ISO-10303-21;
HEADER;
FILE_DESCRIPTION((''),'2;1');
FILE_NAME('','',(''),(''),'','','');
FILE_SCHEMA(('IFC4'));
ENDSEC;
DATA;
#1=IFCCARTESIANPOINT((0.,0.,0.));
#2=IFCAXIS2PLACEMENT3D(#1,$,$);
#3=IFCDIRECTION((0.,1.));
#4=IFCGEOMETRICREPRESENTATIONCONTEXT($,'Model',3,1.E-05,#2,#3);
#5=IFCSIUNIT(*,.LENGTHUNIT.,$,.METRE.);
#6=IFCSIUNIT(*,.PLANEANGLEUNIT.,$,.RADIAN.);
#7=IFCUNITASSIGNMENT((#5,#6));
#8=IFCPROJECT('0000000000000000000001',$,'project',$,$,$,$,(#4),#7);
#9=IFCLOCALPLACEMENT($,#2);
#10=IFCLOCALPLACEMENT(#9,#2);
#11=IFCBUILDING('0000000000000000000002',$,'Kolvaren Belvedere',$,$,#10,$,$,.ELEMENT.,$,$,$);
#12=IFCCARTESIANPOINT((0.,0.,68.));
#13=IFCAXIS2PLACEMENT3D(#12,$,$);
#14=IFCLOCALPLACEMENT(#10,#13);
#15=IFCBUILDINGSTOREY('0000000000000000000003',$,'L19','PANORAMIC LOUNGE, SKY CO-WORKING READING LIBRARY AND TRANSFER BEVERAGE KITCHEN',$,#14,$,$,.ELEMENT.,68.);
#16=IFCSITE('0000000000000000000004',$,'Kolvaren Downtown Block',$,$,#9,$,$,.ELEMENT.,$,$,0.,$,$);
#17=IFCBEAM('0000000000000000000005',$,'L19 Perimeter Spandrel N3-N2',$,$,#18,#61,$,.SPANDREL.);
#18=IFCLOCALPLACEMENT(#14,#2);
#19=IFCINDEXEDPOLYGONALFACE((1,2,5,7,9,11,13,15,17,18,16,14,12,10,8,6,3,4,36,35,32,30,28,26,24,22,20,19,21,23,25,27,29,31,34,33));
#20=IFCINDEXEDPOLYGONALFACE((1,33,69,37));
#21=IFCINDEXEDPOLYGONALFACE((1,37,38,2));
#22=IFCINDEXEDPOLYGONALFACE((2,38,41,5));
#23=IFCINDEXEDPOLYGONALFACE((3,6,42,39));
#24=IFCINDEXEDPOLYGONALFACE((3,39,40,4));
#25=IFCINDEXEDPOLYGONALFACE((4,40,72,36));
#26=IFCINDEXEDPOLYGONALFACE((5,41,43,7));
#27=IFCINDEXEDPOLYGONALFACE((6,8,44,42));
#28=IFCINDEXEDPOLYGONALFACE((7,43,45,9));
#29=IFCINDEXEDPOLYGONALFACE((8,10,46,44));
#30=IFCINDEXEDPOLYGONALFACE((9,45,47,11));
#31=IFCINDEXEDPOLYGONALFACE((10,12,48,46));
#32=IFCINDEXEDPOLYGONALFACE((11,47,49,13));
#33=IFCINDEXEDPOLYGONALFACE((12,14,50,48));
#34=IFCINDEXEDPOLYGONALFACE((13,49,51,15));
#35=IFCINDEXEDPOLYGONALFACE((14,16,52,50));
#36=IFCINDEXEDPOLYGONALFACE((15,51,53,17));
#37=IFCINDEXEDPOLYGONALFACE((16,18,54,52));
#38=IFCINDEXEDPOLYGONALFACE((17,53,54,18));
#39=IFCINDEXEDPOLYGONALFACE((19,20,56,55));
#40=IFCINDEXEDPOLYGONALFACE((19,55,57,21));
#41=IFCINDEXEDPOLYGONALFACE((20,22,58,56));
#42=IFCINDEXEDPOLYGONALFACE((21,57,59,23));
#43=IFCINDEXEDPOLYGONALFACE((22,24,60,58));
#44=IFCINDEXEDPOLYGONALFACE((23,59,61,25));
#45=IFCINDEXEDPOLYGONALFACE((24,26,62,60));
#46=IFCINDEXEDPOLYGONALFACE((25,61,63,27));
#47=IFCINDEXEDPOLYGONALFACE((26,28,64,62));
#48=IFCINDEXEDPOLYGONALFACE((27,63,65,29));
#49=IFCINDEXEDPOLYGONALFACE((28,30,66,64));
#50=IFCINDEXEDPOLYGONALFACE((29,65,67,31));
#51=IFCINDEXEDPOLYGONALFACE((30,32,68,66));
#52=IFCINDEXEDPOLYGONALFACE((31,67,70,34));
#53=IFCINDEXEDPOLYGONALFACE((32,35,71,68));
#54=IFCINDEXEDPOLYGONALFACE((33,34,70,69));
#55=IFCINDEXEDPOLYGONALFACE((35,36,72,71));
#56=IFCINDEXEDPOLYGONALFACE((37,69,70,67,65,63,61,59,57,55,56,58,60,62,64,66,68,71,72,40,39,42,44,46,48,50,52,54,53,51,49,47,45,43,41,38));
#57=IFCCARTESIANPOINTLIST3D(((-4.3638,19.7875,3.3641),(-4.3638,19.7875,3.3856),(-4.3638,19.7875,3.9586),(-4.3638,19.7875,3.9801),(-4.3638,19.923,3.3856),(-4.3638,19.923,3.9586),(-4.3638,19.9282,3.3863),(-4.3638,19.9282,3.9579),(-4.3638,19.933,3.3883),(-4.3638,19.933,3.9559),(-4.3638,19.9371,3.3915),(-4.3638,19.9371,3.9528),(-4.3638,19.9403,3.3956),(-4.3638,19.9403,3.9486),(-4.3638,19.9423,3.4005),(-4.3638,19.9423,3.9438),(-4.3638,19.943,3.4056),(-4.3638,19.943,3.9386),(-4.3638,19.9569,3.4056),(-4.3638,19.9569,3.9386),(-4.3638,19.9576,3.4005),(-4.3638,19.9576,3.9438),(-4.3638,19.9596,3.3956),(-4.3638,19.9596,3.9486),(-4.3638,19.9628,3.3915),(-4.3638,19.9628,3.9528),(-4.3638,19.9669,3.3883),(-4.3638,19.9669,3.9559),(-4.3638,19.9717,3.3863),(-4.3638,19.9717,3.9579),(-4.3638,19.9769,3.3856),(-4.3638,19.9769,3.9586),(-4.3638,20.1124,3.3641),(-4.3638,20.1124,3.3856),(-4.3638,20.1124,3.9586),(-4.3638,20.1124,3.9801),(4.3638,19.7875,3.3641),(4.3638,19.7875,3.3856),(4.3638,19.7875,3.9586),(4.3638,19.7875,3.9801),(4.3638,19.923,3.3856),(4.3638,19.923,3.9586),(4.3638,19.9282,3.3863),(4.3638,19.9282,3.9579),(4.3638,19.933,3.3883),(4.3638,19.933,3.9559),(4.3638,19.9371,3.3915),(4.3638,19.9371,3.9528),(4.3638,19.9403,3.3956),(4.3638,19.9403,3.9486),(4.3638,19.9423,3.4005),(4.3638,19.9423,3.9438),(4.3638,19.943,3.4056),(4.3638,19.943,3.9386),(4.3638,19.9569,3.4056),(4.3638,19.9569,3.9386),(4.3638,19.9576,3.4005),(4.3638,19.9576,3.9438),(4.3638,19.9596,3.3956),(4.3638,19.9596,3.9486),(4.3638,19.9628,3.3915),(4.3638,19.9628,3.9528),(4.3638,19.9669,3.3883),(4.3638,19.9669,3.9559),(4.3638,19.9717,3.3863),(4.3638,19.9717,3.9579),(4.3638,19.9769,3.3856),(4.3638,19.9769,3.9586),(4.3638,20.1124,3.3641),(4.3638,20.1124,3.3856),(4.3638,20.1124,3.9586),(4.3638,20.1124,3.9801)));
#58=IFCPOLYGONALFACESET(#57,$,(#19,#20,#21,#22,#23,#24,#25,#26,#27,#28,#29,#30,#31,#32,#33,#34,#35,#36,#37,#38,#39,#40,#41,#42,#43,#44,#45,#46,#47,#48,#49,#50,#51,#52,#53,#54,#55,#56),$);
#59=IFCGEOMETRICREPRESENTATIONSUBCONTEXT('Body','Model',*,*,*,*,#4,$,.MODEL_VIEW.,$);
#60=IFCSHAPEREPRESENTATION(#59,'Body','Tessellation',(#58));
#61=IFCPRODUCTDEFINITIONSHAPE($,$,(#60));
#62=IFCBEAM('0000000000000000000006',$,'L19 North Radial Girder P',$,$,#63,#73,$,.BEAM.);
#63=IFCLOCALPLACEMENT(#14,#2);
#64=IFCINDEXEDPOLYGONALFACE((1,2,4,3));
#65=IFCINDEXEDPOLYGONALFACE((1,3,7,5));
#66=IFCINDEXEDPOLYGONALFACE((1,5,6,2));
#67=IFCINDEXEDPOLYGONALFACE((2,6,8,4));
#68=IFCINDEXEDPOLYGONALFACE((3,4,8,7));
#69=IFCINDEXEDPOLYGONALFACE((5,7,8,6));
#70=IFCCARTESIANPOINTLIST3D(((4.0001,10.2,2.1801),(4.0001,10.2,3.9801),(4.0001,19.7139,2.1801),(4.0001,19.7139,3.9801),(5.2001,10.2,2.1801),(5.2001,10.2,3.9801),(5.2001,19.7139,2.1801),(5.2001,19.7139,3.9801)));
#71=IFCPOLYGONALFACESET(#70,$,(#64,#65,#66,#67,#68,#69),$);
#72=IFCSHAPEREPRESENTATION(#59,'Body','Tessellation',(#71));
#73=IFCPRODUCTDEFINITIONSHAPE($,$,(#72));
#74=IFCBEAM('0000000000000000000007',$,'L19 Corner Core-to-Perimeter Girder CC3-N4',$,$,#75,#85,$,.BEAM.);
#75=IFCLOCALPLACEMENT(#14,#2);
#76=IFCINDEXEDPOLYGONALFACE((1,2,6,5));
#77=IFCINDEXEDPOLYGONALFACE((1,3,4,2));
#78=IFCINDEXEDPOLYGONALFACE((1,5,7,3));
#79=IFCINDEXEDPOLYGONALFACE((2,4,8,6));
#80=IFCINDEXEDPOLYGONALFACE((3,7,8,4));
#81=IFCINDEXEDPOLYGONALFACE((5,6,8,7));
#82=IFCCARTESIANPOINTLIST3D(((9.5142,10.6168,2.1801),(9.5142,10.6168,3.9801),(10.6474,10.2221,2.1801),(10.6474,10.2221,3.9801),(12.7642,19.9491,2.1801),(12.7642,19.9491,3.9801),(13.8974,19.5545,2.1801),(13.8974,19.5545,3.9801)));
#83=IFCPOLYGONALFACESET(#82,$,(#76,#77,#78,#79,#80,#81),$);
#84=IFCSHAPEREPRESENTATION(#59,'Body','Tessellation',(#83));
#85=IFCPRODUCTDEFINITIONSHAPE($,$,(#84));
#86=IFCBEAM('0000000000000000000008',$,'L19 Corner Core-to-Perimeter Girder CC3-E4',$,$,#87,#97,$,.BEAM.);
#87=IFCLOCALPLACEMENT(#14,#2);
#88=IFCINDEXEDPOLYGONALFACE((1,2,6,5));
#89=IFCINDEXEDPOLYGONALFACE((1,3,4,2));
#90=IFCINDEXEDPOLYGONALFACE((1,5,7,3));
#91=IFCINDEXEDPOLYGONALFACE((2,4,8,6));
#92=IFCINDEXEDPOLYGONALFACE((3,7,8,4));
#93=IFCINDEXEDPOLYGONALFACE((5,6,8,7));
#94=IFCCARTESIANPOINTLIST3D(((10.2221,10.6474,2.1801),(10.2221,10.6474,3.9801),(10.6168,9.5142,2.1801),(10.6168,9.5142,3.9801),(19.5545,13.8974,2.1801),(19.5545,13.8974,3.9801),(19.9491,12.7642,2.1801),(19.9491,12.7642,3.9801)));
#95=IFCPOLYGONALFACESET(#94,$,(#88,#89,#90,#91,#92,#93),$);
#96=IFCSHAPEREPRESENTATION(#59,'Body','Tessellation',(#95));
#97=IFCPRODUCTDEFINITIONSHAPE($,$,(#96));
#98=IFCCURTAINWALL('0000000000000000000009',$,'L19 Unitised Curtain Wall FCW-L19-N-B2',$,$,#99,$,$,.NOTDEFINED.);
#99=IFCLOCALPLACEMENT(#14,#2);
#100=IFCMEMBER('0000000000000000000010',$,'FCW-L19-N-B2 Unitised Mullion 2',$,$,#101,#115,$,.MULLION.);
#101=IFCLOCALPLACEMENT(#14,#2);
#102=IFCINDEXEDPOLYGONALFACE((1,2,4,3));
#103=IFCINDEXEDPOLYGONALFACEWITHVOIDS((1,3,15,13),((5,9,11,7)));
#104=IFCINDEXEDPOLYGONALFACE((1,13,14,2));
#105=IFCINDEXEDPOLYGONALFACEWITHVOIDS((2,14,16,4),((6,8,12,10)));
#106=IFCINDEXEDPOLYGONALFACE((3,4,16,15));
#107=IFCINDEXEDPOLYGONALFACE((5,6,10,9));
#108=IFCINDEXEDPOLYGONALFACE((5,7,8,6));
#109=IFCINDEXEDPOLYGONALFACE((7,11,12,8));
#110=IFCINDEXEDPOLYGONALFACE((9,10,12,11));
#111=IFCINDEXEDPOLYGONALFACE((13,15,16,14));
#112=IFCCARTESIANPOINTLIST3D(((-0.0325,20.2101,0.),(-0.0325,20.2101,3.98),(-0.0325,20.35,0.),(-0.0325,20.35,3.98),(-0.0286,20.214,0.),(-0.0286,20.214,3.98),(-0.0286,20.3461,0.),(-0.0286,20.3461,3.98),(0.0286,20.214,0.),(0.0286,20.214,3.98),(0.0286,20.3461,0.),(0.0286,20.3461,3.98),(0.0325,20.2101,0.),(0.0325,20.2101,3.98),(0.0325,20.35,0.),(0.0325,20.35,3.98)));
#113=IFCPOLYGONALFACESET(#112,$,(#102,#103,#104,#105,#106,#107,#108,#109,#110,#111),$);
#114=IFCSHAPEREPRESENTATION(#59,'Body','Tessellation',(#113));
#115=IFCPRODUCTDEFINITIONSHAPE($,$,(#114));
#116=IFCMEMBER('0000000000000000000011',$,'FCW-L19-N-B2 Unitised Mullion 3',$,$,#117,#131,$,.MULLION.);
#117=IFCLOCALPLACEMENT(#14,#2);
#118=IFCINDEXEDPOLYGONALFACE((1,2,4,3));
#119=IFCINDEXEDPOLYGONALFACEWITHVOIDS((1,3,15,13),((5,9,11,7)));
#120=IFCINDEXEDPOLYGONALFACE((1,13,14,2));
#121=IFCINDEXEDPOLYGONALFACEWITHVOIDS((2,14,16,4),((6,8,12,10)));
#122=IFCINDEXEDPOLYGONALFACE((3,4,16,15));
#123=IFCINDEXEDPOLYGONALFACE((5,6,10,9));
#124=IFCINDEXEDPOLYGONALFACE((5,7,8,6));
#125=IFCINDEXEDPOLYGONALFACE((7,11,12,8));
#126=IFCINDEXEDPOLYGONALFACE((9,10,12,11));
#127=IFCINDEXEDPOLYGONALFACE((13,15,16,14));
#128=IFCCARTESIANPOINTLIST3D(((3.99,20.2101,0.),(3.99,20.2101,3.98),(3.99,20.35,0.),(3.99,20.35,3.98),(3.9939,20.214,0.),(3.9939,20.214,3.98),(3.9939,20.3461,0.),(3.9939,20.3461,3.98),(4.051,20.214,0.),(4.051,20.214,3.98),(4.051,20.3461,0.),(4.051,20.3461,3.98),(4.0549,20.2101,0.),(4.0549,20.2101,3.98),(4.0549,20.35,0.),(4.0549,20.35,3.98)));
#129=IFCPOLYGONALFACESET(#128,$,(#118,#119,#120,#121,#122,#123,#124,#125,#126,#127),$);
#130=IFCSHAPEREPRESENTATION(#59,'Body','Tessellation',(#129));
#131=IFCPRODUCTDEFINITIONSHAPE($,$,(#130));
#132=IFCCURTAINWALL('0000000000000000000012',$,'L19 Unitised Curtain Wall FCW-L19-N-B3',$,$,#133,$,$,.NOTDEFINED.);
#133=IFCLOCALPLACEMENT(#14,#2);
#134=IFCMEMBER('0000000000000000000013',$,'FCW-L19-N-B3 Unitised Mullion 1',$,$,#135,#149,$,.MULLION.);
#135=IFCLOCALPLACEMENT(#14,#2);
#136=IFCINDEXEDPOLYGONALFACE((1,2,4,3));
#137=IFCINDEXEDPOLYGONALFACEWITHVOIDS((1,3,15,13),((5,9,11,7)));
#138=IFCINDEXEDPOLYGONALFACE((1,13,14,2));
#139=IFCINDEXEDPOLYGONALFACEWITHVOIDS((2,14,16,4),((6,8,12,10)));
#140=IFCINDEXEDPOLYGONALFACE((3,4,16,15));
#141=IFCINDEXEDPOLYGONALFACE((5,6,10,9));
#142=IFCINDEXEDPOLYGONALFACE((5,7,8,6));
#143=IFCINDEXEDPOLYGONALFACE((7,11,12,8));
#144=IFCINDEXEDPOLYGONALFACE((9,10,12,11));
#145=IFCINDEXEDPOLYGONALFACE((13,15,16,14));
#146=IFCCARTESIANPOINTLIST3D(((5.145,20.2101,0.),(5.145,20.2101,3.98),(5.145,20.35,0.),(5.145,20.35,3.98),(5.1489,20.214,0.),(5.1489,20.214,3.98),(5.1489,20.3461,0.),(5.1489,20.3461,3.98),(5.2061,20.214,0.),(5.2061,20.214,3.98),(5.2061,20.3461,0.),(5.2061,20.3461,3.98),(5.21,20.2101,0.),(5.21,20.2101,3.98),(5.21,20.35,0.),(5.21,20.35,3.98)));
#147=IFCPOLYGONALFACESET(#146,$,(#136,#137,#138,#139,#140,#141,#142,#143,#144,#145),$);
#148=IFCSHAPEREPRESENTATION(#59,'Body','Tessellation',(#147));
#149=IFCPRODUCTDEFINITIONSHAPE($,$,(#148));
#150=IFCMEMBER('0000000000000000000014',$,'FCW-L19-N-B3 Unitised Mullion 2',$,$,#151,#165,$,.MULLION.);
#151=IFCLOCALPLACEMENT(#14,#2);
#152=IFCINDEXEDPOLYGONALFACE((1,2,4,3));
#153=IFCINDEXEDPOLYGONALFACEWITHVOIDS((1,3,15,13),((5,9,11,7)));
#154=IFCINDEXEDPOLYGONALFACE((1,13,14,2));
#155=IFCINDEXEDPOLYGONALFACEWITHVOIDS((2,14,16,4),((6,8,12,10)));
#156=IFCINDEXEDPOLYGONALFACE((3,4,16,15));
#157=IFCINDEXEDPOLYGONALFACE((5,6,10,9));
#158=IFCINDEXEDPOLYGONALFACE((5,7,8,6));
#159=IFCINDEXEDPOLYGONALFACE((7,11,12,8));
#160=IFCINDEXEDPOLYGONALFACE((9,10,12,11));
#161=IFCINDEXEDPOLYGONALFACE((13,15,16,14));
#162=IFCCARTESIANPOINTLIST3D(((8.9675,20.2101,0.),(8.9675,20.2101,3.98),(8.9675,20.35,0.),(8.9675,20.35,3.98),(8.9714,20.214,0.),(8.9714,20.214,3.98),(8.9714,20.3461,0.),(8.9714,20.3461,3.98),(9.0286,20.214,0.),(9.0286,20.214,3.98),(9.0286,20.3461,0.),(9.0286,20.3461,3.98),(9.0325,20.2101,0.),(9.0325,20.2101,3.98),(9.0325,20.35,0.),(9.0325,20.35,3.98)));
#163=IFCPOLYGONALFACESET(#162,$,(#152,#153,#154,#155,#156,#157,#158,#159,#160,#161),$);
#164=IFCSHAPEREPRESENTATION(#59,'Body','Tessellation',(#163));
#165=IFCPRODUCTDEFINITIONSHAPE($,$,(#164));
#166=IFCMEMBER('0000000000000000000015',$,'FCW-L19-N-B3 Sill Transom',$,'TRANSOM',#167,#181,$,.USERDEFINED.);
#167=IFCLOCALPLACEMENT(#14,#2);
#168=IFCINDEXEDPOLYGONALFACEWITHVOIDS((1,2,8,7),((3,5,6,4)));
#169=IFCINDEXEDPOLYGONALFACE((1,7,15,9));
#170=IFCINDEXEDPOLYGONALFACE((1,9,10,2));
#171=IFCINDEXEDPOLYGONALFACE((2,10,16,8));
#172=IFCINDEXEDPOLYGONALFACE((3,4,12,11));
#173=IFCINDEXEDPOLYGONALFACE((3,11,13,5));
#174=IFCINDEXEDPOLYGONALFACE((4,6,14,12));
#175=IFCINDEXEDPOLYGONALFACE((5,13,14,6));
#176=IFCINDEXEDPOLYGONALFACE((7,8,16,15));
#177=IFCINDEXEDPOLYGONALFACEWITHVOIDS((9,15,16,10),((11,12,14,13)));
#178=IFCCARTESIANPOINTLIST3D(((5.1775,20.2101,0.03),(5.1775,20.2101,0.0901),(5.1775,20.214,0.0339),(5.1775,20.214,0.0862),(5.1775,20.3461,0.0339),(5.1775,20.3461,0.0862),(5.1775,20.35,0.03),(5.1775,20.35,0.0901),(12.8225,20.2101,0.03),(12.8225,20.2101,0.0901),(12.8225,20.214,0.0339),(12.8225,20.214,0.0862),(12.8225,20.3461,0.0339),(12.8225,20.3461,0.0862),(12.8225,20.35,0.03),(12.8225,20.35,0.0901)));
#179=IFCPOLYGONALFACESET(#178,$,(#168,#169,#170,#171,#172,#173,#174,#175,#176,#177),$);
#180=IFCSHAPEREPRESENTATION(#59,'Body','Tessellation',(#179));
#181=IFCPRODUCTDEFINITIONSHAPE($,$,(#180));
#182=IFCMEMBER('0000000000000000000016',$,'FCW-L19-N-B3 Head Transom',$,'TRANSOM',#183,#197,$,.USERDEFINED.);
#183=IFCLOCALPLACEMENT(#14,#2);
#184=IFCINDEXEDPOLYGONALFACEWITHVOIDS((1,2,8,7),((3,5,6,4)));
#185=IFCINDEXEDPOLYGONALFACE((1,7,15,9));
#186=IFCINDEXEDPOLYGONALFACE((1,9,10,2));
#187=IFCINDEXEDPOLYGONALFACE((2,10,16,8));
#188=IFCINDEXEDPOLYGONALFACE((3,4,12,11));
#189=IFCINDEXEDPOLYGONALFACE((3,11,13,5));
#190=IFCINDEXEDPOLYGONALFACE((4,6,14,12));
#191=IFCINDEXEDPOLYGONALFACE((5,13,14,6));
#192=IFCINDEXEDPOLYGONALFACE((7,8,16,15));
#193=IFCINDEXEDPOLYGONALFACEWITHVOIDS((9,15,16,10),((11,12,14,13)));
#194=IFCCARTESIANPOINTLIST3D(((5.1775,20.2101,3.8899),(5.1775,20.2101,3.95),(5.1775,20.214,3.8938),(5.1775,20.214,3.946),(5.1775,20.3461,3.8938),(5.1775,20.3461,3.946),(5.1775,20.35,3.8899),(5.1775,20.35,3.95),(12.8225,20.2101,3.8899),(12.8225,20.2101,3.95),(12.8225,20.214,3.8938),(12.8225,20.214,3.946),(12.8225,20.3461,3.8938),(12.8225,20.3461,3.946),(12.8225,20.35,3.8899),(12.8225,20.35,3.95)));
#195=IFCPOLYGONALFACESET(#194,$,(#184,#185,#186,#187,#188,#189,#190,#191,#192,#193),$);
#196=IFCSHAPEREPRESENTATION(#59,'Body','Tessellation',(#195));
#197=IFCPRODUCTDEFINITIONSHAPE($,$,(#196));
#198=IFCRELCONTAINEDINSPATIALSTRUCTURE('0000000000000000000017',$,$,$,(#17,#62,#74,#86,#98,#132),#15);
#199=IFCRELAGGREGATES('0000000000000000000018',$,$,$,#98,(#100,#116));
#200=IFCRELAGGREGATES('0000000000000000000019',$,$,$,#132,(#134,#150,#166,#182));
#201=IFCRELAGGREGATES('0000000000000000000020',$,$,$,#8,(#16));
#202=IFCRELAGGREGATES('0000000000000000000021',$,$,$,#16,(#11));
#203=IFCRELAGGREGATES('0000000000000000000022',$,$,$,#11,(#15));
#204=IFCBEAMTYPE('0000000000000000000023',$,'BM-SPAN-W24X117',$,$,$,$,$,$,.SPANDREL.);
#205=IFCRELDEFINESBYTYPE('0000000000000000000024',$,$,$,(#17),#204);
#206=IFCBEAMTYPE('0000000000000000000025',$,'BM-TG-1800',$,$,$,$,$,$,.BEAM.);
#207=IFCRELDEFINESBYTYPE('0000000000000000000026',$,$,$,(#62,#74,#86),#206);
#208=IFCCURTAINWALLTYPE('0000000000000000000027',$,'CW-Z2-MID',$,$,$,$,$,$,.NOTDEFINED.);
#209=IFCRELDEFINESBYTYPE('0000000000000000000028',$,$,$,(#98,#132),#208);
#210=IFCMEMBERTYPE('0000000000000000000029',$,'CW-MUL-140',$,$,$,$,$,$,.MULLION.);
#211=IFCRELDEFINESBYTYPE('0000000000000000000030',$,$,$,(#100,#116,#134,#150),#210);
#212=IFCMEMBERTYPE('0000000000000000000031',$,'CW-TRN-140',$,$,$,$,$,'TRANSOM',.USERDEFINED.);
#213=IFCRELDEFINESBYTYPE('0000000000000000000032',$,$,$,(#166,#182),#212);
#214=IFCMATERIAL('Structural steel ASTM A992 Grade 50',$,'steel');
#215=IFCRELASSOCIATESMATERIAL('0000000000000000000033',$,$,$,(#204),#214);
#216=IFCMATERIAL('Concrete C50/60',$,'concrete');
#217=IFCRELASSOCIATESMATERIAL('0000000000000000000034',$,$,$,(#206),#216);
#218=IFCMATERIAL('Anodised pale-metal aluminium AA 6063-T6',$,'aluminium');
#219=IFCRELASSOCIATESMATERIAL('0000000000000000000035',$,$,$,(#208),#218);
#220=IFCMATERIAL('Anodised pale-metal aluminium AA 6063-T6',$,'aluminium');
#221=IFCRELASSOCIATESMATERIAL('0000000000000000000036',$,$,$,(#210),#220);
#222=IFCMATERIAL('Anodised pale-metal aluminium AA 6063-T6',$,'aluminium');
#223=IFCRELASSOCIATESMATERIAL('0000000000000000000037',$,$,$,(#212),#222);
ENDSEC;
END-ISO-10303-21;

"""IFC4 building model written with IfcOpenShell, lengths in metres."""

from ifc_helpers import new_model, si_unit, direction, frame, origin, origin_2d, place, context, subcontext, project, spatial, rectangle, hollow_rectangle, i_section, extrude, material, material_profile, profile_set, type_object, element, aggregate, save


model = new_model("IFC4")

# Units and contexts
model_context = context("Model", 3, precision=1e-05, world=origin(), true_north=direction((0.0, 1.0)))
body_context = subcontext(model_context, "Body", "Model", "MODEL_VIEW")
ifc_project = project(units=[si_unit("LENGTHUNIT", "METRE"), si_unit("PLANEANGLEUNIT", "RADIAN")], contexts=[model_context])

# Site, building, storey
site_placement = place(None, origin())
site = spatial("IfcSite", under=ifc_project, at=site_placement, Name="Kolvaren Downtown Block", CompositionType="ELEMENT", RefElevation=0.0)
building_placement = place(site_placement, origin())
building = spatial("IfcBuilding", under=site, at=building_placement, Name="Kolvaren Belvedere", CompositionType="ELEMENT")
storey_placement = place(building_placement, frame((0.0, 0.0, 68.0)))
storey = spatial("IfcBuildingStorey", under=building, at=storey_placement, Name="L19", Description="PANORAMIC LOUNGE, SKY CO-WORKING READING LIBRARY AND TRANSFER BEVERAGE KITCHEN", CompositionType="ELEMENT", Elevation=68.0)

# Beams
ifc_material_1 = material(Name="Structural steel ASTM A992 Grade 50", Category="steel")
ifc_material_profile_1 = material_profile(ifc_material_1, i_section(OverallWidth=0.325, OverallDepth=0.616, WebThickness=0.0139, FlangeThickness=0.0215, FilletRadius=0.02, at=origin_2d()), Name="W24X117")
ifc_profile_set_1 = profile_set([ifc_material_profile_1], Name="Structural steel ASTM A992 Grade 50")
beam_type_1 = type_object("IfcBeamType", Name="BM-SPAN-W24X117", PredefinedType="SPANDREL", material=ifc_profile_set_1)
beam_1_placement = place(storey_placement, frame((4.3638, 19.95, 3.6721), z_axis=(-1.0, 0.0, 0.0), x_axis=(0.0, -1.0, 0.0)))
element("IfcBeam", 1, at=beam_1_placement, inside=storey, type_object=beam_type_1, Name="L19 Perimeter Spandrel N3-N2", PredefinedType="SPANDREL", context=body_context, shape_type="SweptSolid", body=[
    extrude(i_section(OverallWidth=0.325, OverallDepth=0.616, WebThickness=0.0139, FlangeThickness=0.0215, FilletRadius=0.02, at=origin_2d()), origin(), (0.0, 0.0, 1.0), 8.7275),
])
ifc_material_2 = material(Name="Concrete C50/60", Category="concrete")
ifc_material_profile_2 = material_profile(ifc_material_2, rectangle(XDim=1.2, YDim=1.8, at=origin_2d()), Name="RC 1200X1800")
ifc_profile_set_2 = profile_set([ifc_material_profile_2], Name="Concrete C50/60")
beam_type_2 = type_object("IfcBeamType", Name="BM-TG-1800", PredefinedType="BEAM", material=ifc_profile_set_2)
beam_2_placement = place(storey_placement, frame((4.6001, 10.2, 3.0801), z_axis=(0.0, 1.0, 0.0), x_axis=(-1.0, 0.0, 0.0)))
element("IfcBeam", 2, at=beam_2_placement, inside=storey, type_object=beam_type_2, Name="L19 North Radial Girder P", PredefinedType="BEAM", context=body_context, shape_type="SweptSolid", body=[
    extrude(rectangle(XDim=1.2, YDim=1.8, at=origin_2d()), origin(), (0.0, 0.0, 1.0), 9.5139),
])
for number, where, z_axis, x_axis, name in (
    (3, (10.0808, 10.4194, 3.0801), (0.328881, 0.944371, 0.0), (-0.944371, 0.328881, 0.0), "L19 Corner Core-to-Perimeter Girder CC3-N4"),
    (4, (10.4194, 10.0808, 3.0801), (0.944371, 0.328881, 0.0), (-0.328881, 0.944371, 0.0), "L19 Corner Core-to-Perimeter Girder CC3-E4"),
):
    element("IfcBeam", number, at=place(storey_placement, frame(where, z_axis=z_axis, x_axis=x_axis)), inside=storey, type_object=beam_type_2, Name=name, PredefinedType="BEAM", context=body_context, shape_type="SweptSolid", body=[
        extrude(rectangle(XDim=1.2, YDim=1.8, at=origin_2d()), origin(), (0.0, 0.0, 1.0), 9.8821),
    ])

# Curtain walls, members
ifc_material_3 = material(Name="Anodised pale-metal aluminium AA 6063-T6", Category="aluminium")
curtain_wall_type = type_object("IfcCurtainWallType", Name="CW-Z2-MID", PredefinedType="NOTDEFINED", material=ifc_material_3)
curtain_wall_1_placement = place(storey_placement, origin())
curtain_wall_1 = element("IfcCurtainWall", 5, at=curtain_wall_1_placement, inside=storey, type_object=curtain_wall_type, Name="L19 Unitised Curtain Wall FCW-L19-N-B2", PredefinedType="NOTDEFINED")
ifc_material_4 = material(Name="Anodised pale-metal aluminium AA 6063-T6", Category="aluminium")
ifc_material_profile_3 = material_profile(ifc_material_4, hollow_rectangle(XDim=0.0649, YDim=0.1399, WallThickness=0.0039, at=origin_2d()), Name="ALU-MUL-140X65")
ifc_profile_set_3 = profile_set([ifc_material_profile_3], Name="Anodised pale-metal aluminium AA 6063-T6")
member_type_1 = type_object("IfcMemberType", Name="CW-MUL-140", PredefinedType="MULLION", material=ifc_profile_set_3)
member_1_placement = place(storey_placement, frame((0.0, 20.28, 0.0), z_axis=(0.0, 0.0, 1.0), x_axis=(1.0, 0.0, 0.0)))
member_1 = element("IfcMember", 6, at=member_1_placement, type_object=member_type_1, Name="FCW-L19-N-B2 Unitised Mullion 2", PredefinedType="MULLION", context=body_context, shape_type="SweptSolid", body=[
    extrude(hollow_rectangle(XDim=0.0649, YDim=0.1399, WallThickness=0.0039, at=origin_2d()), origin(), (0.0, 0.0, 1.0), 3.98),
])
member_2_placement = place(storey_placement, frame((4.0225, 20.28, 0.0), z_axis=(0.0, 0.0, 1.0), x_axis=(1.0, 0.0, 0.0)))
member_2 = element("IfcMember", 7, at=member_2_placement, type_object=member_type_1, Name="FCW-L19-N-B2 Unitised Mullion 3", PredefinedType="MULLION", context=body_context, shape_type="SweptSolid", body=[
    extrude(hollow_rectangle(XDim=0.0649, YDim=0.1399, WallThickness=0.0039, at=origin_2d()), origin(), (0.0, 0.0, 1.0), 3.98),
])
curtain_wall_2_placement = place(storey_placement, origin())
curtain_wall_2 = element("IfcCurtainWall", 8, at=curtain_wall_2_placement, inside=storey, type_object=curtain_wall_type, Name="L19 Unitised Curtain Wall FCW-L19-N-B3", PredefinedType="NOTDEFINED")
member_3_placement = place(storey_placement, frame((5.1775, 20.28, 0.0), z_axis=(0.0, 0.0, 1.0), x_axis=(1.0, 0.0, 0.0)))
member_3 = element("IfcMember", 9, at=member_3_placement, type_object=member_type_1, Name="FCW-L19-N-B3 Unitised Mullion 1", PredefinedType="MULLION", context=body_context, shape_type="SweptSolid", body=[
    extrude(hollow_rectangle(XDim=0.0649, YDim=0.1399, WallThickness=0.0039, at=origin_2d()), origin(), (0.0, 0.0, 1.0), 3.98),
])
member_4_placement = place(storey_placement, frame((9.0, 20.28, 0.0), z_axis=(0.0, 0.0, 1.0), x_axis=(1.0, 0.0, 0.0)))
member_4 = element("IfcMember", 10, at=member_4_placement, type_object=member_type_1, Name="FCW-L19-N-B3 Unitised Mullion 2", PredefinedType="MULLION", context=body_context, shape_type="SweptSolid", body=[
    extrude(hollow_rectangle(XDim=0.0649, YDim=0.1399, WallThickness=0.0039, at=origin_2d()), origin(), (0.0, 0.0, 1.0), 3.98),
])
ifc_material_5 = material(Name="Anodised pale-metal aluminium AA 6063-T6", Category="aluminium")
ifc_material_profile_4 = material_profile(ifc_material_5, hollow_rectangle(XDim=0.0601, YDim=0.1399, WallThickness=0.0039, at=origin_2d()), Name="ALU-TRN-140X60")
ifc_profile_set_4 = profile_set([ifc_material_profile_4], Name="Anodised pale-metal aluminium AA 6063-T6")
member_type_2 = type_object("IfcMemberType", Name="CW-TRN-140", ElementType="TRANSOM", PredefinedType="USERDEFINED", material=ifc_profile_set_4)
member_5_placement = place(storey_placement, frame((5.1775, 20.28, 0.0601), z_axis=(1.0, 0.0, 0.0), x_axis=(0.0, 0.0, 1.0)))
member_5 = element("IfcMember", 11, at=member_5_placement, type_object=member_type_2, Name="FCW-L19-N-B3 Sill Transom", ObjectType="TRANSOM", PredefinedType="USERDEFINED", context=body_context, shape_type="SweptSolid", body=[
    extrude(hollow_rectangle(XDim=0.0601, YDim=0.1399, WallThickness=0.0039, at=origin_2d()), origin(), (0.0, 0.0, 1.0), 7.645),
])
member_6_placement = place(storey_placement, frame((5.1775, 20.28, 3.9199), z_axis=(1.0, 0.0, 0.0), x_axis=(0.0, 0.0, 1.0)))
member_6 = element("IfcMember", 12, at=member_6_placement, type_object=member_type_2, Name="FCW-L19-N-B3 Head Transom", ObjectType="TRANSOM", PredefinedType="USERDEFINED", context=body_context, shape_type="SweptSolid", body=[
    extrude(hollow_rectangle(XDim=0.0601, YDim=0.1399, WallThickness=0.0039, at=origin_2d()), origin(), (0.0, 0.0, 1.0), 7.645),
])

aggregate(curtain_wall_1, [member_1, member_2])
aggregate(curtain_wall_2, [member_3, member_4, member_5, member_6])

save(model, "model.ifc")
